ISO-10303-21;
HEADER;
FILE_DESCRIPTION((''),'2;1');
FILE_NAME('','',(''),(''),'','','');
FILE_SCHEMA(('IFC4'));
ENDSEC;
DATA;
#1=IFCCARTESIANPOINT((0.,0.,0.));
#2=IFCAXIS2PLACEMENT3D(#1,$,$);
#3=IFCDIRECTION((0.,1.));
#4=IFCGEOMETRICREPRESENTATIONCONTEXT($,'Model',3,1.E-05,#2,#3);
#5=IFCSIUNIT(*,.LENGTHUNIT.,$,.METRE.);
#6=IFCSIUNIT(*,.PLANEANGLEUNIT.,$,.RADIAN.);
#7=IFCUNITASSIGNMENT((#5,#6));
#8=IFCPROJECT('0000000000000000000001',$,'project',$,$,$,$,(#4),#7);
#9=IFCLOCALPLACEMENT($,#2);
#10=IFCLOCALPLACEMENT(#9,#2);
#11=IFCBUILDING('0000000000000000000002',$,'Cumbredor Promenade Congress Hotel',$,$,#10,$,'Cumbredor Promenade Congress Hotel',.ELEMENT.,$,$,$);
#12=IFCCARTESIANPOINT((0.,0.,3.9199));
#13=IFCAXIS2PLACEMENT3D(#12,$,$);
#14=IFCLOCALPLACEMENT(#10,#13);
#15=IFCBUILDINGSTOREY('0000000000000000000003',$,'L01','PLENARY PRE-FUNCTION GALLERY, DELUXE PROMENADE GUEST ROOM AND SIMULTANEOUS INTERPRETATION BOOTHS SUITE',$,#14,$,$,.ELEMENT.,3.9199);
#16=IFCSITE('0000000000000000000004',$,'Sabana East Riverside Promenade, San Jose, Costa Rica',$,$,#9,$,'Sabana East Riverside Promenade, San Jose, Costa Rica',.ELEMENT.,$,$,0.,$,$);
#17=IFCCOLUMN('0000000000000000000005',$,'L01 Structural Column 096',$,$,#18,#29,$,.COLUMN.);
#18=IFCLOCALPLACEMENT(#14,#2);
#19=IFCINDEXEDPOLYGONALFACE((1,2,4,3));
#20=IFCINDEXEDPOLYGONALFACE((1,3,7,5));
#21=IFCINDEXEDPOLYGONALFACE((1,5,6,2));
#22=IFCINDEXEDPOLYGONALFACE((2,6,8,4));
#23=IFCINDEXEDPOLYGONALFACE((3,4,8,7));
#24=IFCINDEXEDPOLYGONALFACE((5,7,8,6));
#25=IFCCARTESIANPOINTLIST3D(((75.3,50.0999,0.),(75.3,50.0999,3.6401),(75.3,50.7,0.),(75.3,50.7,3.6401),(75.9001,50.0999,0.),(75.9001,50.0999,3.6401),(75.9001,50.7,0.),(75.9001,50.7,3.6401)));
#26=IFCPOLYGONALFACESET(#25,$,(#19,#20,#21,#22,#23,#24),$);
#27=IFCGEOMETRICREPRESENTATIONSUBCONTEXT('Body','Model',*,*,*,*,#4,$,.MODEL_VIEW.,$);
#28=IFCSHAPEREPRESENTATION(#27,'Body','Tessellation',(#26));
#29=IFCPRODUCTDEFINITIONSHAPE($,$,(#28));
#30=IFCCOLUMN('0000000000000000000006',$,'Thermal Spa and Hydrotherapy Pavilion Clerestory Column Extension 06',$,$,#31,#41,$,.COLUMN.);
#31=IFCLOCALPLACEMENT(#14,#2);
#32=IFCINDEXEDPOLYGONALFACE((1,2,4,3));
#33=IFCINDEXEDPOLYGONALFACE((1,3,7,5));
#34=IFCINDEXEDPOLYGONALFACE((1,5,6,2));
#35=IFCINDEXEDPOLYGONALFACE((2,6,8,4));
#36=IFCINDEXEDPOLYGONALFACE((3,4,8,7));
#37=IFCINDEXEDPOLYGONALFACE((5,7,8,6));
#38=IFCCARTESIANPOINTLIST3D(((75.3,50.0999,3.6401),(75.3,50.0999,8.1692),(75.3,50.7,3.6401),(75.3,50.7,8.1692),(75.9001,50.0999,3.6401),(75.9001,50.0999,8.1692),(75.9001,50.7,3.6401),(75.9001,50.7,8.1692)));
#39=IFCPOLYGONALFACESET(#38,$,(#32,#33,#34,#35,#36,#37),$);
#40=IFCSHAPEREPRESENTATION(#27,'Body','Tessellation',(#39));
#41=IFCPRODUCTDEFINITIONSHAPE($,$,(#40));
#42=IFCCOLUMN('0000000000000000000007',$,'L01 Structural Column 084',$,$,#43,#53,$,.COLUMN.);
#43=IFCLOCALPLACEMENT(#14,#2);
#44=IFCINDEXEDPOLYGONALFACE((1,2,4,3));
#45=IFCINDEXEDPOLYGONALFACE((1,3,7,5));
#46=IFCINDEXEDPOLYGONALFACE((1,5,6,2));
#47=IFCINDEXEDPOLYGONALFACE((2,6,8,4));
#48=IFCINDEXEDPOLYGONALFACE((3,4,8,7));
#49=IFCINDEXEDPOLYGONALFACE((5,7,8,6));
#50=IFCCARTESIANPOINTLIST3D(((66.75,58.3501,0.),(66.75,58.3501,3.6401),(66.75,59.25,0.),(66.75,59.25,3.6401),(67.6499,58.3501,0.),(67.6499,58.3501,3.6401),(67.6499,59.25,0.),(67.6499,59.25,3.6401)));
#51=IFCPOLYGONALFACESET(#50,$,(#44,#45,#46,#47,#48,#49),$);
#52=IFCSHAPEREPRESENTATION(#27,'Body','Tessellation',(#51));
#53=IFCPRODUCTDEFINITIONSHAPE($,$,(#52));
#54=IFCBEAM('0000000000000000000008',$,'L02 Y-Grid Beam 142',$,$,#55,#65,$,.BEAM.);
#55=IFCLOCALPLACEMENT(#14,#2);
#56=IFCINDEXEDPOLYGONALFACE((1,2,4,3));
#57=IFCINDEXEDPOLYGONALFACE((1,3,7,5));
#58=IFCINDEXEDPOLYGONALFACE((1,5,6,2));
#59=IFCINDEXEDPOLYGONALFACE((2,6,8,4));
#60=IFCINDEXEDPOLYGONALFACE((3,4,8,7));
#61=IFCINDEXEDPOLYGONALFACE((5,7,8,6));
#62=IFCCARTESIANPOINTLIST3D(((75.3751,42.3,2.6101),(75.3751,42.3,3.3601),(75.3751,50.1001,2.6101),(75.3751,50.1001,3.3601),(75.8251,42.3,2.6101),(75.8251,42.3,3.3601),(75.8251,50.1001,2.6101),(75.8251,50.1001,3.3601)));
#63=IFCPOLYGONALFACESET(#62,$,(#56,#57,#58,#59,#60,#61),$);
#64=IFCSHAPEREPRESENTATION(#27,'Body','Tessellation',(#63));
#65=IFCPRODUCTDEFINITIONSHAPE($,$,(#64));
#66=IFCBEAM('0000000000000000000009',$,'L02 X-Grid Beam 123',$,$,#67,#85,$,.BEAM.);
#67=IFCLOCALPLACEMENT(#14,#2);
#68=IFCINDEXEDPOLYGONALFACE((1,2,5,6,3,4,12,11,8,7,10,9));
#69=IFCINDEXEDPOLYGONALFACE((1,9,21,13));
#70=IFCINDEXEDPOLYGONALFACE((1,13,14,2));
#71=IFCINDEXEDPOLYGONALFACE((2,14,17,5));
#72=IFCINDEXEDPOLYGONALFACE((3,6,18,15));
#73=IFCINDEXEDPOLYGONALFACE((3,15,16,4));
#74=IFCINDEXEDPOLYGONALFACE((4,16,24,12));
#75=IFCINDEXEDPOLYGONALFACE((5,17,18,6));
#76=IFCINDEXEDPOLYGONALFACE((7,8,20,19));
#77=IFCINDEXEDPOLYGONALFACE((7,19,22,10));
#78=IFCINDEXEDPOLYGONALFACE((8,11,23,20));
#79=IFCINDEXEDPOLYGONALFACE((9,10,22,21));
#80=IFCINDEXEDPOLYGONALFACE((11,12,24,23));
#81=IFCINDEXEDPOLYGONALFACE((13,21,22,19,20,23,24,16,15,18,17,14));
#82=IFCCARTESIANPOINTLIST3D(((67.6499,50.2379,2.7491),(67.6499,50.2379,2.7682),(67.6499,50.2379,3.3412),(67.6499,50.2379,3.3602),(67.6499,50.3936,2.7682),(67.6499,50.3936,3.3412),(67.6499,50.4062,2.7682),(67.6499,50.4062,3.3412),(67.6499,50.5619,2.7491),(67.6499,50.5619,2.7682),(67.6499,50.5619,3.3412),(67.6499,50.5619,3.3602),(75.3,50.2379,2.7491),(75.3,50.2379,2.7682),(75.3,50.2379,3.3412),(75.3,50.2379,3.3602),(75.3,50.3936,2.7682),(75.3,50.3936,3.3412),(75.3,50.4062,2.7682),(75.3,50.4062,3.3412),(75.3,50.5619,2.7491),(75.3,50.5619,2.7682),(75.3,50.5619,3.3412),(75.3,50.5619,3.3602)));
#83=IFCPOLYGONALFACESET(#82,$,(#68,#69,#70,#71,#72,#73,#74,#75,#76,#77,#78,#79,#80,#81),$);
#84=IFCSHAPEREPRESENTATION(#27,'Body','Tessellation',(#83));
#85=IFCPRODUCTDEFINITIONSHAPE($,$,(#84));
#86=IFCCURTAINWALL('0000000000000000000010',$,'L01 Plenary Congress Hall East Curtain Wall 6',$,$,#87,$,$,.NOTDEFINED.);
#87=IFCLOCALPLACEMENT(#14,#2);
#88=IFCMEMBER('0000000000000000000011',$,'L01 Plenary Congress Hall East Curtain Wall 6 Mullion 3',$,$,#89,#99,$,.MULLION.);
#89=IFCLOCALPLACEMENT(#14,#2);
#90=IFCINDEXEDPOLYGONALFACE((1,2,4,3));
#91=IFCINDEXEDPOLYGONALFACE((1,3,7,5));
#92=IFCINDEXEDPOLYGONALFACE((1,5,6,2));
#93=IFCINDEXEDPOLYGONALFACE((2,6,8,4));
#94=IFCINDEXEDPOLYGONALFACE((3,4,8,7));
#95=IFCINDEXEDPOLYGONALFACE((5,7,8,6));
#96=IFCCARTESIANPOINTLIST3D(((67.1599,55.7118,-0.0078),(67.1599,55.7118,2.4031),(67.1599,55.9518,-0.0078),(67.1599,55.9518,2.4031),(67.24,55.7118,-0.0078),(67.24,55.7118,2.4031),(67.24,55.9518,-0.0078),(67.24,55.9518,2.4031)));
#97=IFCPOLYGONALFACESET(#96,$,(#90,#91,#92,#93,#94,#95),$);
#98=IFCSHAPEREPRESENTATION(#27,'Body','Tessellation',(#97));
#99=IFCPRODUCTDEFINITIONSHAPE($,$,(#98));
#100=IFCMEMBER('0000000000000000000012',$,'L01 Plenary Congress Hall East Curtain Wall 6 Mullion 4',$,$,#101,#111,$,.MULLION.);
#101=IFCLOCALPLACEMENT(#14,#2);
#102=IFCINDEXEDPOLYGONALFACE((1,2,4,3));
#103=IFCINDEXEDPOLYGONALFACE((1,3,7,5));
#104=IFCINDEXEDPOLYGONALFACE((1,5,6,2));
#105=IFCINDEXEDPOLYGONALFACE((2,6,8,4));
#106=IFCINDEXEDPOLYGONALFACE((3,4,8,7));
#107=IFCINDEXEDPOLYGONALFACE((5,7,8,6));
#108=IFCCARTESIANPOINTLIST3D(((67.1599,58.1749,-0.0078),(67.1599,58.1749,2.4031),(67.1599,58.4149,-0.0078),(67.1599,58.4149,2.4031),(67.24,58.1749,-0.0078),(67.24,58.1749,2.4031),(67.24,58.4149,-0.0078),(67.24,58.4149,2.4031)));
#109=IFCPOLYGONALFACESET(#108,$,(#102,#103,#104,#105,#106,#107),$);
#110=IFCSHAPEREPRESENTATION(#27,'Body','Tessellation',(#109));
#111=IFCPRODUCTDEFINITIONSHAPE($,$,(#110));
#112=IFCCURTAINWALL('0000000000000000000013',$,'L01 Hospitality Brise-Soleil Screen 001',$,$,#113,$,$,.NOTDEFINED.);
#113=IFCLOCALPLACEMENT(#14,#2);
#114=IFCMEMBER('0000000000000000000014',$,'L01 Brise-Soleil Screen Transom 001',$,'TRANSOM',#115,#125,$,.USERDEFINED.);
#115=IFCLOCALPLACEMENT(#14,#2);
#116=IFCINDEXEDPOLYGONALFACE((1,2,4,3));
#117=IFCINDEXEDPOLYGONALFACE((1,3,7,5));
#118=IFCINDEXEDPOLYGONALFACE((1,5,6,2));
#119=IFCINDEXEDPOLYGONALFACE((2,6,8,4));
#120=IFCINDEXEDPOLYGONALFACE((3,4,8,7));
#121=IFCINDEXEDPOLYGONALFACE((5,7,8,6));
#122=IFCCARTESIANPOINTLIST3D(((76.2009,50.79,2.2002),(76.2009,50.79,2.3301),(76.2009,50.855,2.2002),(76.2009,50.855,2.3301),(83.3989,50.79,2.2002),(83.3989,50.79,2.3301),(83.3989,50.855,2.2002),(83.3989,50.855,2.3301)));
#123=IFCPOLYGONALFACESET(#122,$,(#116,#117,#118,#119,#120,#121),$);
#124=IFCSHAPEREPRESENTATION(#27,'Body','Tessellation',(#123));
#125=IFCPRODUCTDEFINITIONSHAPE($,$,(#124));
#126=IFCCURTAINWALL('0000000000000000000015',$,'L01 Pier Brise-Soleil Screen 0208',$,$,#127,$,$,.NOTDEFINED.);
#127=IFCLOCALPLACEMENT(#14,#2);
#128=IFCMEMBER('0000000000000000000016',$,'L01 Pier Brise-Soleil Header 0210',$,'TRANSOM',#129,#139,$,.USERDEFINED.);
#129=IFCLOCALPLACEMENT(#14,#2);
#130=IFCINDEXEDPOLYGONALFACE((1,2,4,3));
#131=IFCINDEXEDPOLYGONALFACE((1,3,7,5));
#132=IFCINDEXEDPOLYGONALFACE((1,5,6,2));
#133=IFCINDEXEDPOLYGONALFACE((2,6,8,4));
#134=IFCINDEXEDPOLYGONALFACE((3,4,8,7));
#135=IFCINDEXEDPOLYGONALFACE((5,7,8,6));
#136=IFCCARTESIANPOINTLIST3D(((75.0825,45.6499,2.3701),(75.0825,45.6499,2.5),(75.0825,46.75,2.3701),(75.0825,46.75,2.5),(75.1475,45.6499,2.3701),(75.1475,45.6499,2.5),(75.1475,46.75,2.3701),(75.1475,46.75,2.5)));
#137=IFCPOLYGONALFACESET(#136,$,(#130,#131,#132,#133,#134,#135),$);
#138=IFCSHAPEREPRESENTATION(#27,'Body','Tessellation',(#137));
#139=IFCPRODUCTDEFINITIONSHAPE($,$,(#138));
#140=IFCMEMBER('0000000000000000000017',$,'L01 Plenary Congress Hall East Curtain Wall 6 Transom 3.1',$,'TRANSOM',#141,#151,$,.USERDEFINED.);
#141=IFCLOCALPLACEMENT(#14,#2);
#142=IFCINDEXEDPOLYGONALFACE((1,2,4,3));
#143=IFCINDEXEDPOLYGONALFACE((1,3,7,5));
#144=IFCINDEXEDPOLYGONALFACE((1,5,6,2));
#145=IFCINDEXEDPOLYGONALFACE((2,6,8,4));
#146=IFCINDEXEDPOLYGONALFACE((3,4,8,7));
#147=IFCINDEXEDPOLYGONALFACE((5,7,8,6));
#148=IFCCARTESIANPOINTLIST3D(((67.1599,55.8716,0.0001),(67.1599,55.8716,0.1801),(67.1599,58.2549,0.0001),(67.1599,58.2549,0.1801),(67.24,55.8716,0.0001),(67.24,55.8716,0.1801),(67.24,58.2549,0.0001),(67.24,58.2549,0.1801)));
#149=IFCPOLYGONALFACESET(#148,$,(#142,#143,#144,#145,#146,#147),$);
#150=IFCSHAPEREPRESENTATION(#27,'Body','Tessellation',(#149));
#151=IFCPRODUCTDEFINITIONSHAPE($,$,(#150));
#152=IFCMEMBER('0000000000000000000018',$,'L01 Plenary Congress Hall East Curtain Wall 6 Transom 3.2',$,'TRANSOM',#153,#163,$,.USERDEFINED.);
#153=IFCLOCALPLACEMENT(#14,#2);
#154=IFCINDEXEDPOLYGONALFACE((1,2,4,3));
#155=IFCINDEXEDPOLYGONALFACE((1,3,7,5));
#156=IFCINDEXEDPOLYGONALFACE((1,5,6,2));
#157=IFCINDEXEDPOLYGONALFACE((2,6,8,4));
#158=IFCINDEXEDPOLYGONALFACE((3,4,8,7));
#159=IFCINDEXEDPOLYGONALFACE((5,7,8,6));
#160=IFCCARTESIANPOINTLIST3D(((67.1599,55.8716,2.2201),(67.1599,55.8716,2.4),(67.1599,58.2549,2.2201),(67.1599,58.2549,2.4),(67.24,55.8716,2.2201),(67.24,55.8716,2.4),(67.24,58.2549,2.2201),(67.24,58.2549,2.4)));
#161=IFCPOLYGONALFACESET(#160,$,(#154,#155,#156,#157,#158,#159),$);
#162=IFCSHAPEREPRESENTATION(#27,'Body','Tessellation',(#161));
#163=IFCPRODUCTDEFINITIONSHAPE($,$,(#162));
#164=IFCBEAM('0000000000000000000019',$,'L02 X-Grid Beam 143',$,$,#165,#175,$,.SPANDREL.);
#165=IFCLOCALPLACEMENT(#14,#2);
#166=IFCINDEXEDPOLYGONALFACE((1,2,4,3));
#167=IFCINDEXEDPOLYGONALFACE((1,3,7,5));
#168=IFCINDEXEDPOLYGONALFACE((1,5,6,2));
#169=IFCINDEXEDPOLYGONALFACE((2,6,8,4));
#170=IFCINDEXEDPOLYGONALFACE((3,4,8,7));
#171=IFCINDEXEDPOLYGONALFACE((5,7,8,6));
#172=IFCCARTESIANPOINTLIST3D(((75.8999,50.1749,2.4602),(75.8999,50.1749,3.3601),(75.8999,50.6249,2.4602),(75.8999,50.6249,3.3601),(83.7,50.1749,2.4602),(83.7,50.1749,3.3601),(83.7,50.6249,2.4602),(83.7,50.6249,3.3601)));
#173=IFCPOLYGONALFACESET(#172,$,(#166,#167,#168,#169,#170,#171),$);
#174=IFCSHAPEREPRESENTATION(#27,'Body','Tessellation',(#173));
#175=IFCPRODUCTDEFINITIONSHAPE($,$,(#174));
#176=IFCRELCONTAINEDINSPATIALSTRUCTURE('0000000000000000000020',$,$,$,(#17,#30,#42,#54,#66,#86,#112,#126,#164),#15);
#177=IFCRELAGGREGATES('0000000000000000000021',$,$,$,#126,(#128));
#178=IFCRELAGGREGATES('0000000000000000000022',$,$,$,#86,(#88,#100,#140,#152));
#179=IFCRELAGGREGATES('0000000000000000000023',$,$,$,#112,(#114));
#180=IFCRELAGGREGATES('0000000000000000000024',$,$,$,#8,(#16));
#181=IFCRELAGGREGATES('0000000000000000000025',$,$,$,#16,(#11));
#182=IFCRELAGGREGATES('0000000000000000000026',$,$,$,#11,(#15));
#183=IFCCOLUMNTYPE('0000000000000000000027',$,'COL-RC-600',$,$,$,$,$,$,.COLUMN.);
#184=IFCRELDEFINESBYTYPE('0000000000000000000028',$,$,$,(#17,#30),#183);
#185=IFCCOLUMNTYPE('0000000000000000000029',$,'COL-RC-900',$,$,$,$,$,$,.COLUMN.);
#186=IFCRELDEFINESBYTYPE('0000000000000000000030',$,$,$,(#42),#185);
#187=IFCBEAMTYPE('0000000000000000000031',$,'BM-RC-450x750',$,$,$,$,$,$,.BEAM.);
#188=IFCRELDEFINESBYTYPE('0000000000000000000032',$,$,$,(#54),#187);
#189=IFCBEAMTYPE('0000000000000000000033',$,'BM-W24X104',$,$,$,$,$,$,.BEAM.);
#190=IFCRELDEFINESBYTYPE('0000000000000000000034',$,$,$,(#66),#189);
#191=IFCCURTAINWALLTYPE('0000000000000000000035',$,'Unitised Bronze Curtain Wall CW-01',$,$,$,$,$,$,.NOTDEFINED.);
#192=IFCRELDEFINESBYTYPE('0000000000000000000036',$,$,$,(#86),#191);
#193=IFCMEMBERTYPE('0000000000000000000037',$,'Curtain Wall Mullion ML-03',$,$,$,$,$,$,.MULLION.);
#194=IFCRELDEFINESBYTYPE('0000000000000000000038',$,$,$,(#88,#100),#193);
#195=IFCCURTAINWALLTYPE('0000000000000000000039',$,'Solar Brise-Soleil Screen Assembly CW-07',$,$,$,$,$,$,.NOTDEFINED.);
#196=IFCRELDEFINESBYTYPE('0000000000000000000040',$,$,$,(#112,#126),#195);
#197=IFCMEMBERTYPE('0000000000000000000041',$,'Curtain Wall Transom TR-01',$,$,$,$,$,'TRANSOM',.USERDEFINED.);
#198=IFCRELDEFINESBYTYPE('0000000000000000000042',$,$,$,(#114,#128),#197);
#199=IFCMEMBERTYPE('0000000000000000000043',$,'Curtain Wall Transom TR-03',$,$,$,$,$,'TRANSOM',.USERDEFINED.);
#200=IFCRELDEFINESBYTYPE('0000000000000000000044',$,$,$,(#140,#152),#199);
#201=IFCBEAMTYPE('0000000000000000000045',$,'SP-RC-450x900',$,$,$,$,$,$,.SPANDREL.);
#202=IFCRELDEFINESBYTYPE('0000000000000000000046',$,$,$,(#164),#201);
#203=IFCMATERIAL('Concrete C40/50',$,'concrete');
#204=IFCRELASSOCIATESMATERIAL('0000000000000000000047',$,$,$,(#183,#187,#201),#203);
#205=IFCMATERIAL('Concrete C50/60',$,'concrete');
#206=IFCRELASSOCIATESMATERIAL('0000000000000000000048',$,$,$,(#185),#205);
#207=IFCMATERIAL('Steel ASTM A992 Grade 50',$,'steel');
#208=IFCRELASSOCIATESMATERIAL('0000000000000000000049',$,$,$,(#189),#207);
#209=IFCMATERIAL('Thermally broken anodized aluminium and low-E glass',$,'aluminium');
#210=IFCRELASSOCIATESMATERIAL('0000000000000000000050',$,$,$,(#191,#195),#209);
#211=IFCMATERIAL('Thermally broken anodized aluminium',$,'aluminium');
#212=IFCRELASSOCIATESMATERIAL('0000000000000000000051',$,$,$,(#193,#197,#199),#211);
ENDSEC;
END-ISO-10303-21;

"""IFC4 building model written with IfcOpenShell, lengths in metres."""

from ifc_helpers import new_model, si_unit, direction, frame, origin, origin_2d, place, context, subcontext, project, spatial, rectangle, i_section, extrude, material, material_profile, profile_set, type_object, element, aggregate, save


model = new_model("IFC4")

# Units and contexts
model_context = context("Model", 3, precision=1e-05, world=origin(), true_north=direction((0.0, 1.0)))
body_context = subcontext(model_context, "Body", "Model", "MODEL_VIEW")
ifc_project = project(units=[si_unit("LENGTHUNIT", "METRE"), si_unit("PLANEANGLEUNIT", "RADIAN")], contexts=[model_context])

# Site, building, storey
site_placement = place(None, origin())
site = spatial("IfcSite", under=ifc_project, at=site_placement, Name="Sabana East Riverside Promenade, San Jose, Costa Rica", LongName="Sabana East Riverside Promenade, San Jose, Costa Rica", CompositionType="ELEMENT", RefElevation=0.0)
building_placement = place(site_placement, origin())
building = spatial("IfcBuilding", under=site, at=building_placement, Name="Cumbredor Promenade Congress Hotel", LongName="Cumbredor Promenade Congress Hotel", CompositionType="ELEMENT")
storey_placement = place(building_placement, frame((0.0, 0.0, 3.9199)))
storey = spatial("IfcBuildingStorey", under=building, at=storey_placement, Name="L01", Description="PLENARY PRE-FUNCTION GALLERY, DELUXE PROMENADE GUEST ROOM AND SIMULTANEOUS INTERPRETATION BOOTHS SUITE", CompositionType="ELEMENT", Elevation=3.9199)

# Columns
ifc_material_1 = material(Name="Concrete C40/50", Category="concrete")
ifc_material_profile_1 = material_profile(ifc_material_1, rectangle(XDim=0.6001, YDim=0.6001, at=origin_2d()), Name="RC 600x600")
ifc_profile_set_1 = profile_set([ifc_material_profile_1], Name="Concrete C40/50")
column_type_1 = type_object("IfcColumnType", Name="COL-RC-600", PredefinedType="COLUMN", material=ifc_profile_set_1)
column_1_placement = place(storey_placement, frame((75.6001, 50.3999, 0.0), z_axis=(0.0, 0.0, 1.0), x_axis=(1.0, 0.0, 0.0)))
element("IfcColumn", 1, at=column_1_placement, inside=storey, type_object=column_type_1, Name="L01 Structural Column 096", PredefinedType="COLUMN", context=body_context, shape_type="SweptSolid", body=[
    extrude(rectangle(XDim=0.6001, YDim=0.6001, at=origin_2d()), origin(), (0.0, 0.0, 1.0), 3.6401),
])
column_2_placement = place(storey_placement, frame((75.6001, 50.3999, 3.6401), z_axis=(0.0, 0.0, 1.0), x_axis=(1.0, 0.0, 0.0)))
element("IfcColumn", 2, at=column_2_placement, inside=storey, type_object=column_type_1, Name="Thermal Spa and Hydrotherapy Pavilion Clerestory Column Extension 06", PredefinedType="COLUMN", context=body_context, shape_type="SweptSolid", body=[
    extrude(rectangle(XDim=0.6001, YDim=0.6001, at=origin_2d()), origin(), (0.0, 0.0, 1.0), 4.5291),
])
ifc_material_2 = material(Name="Concrete C50/60", Category="concrete")
ifc_material_profile_2 = material_profile(ifc_material_2, rectangle(XDim=0.8999, YDim=0.8999, at=origin_2d()), Name="RC 900x900")
ifc_profile_set_2 = profile_set([ifc_material_profile_2], Name="Concrete C50/60")
column_type_2 = type_object("IfcColumnType", Name="COL-RC-900", PredefinedType="COLUMN", material=ifc_profile_set_2)
column_3_placement = place(storey_placement, frame((67.2, 58.8, 0.0), z_axis=(0.0, 0.0, 1.0), x_axis=(1.0, 0.0, 0.0)))
element("IfcColumn", 3, at=column_3_placement, inside=storey, type_object=column_type_2, Name="L01 Structural Column 084", PredefinedType="COLUMN", context=body_context, shape_type="SweptSolid", body=[
    extrude(rectangle(XDim=0.8999, YDim=0.8999, at=origin_2d()), origin(), (0.0, 0.0, 1.0), 3.6401),
])

# Beams
ifc_material_profile_3 = material_profile(ifc_material_1, rectangle(XDim=0.45, YDim=0.75, at=origin_2d()), Name="RC BEAM 450x750")
ifc_profile_set_3 = profile_set([ifc_material_profile_3], Name="Concrete C40/50")
beam_type_1 = type_object("IfcBeamType", Name="BM-RC-450x750", PredefinedType="BEAM", material=ifc_profile_set_3)
beam_1_placement = place(storey_placement, frame((75.6001, 42.3, 2.9851), z_axis=(0.0, 1.0, 0.0), x_axis=(-1.0, 0.0, 0.0)))
element("IfcBeam", 4, at=beam_1_placement, inside=storey, type_object=beam_type_1, Name="L02 Y-Grid Beam 142", PredefinedType="BEAM", context=body_context, shape_type="SweptSolid", body=[
    extrude(rectangle(XDim=0.45, YDim=0.75, at=origin_2d()), origin(), (0.0, 0.0, 1.0), 7.8),
])
ifc_material_3 = material(Name="Steel ASTM A992 Grade 50", Category="steel")
ifc_material_profile_4 = material_profile(ifc_material_3, i_section(OverallWidth=0.324, OverallDepth=0.6111, WebThickness=0.0127, FlangeThickness=0.019, at=origin_2d()), Name="W24X104")
ifc_profile_set_4 = profile_set([ifc_material_profile_4], Name="Steel ASTM A992 Grade 50")
beam_type_2 = type_object("IfcBeamType", Name="BM-W24X104", PredefinedType="BEAM", material=ifc_profile_set_4)
beam_2_placement = place(storey_placement, frame((67.6499, 50.3999, 3.0547), z_axis=(1.0, 0.0, 0.0), x_axis=(0.0, 1.0, 0.0)))
element("IfcBeam", 5, at=beam_2_placement, inside=storey, type_object=beam_type_2, Name="L02 X-Grid Beam 123", PredefinedType="BEAM", context=body_context, shape_type="SweptSolid", body=[
    extrude(i_section(OverallWidth=0.324, OverallDepth=0.6111, WebThickness=0.0127, FlangeThickness=0.019, at=origin_2d()), origin(), (0.0, 0.0, 1.0), 7.6501),
])

# Curtain wall, members
ifc_material_4 = material(Name="Thermally broken anodized aluminium and low-E glass", Category="aluminium")
curtain_wall_type_1 = type_object("IfcCurtainWallType", Name="Unitised Bronze Curtain Wall CW-01", PredefinedType="NOTDEFINED", material=ifc_material_4)
curtain_wall_1_placement = place(storey_placement, origin())
curtain_wall_1 = element("IfcCurtainWall", 6, at=curtain_wall_1_placement, inside=storey, type_object=curtain_wall_type_1, Name="L01 Plenary Congress Hall East Curtain Wall 6", PredefinedType="NOTDEFINED")
ifc_material_5 = material(Name="Thermally broken anodized aluminium", Category="aluminium")
ifc_material_profile_5 = material_profile(ifc_material_5, rectangle(XDim=0.0801, YDim=0.24, at=origin_2d()), Name="ALU MULLION 80x240")
ifc_profile_set_5 = profile_set([ifc_material_profile_5], Name="Thermally broken anodized aluminium")
member_type_1 = type_object("IfcMemberType", Name="Curtain Wall Mullion ML-03", PredefinedType="MULLION", material=ifc_profile_set_5)
member_1_placement = place(storey_placement, frame((67.2, 55.8318, -0.0078), z_axis=(0.0, 0.0, 1.0), x_axis=(1.0, 0.0, 0.0)))
member_1 = element("IfcMember", 7, at=member_1_placement, type_object=member_type_1, Name="L01 Plenary Congress Hall East Curtain Wall 6 Mullion 3", PredefinedType="MULLION", context=body_context, shape_type="SweptSolid", body=[
    extrude(rectangle(XDim=0.0801, YDim=0.24, at=origin_2d()), origin(), (0.0, 0.0, 1.0), 2.4109),
])
member_2_placement = place(storey_placement, frame((67.2, 58.2949, -0.0078), z_axis=(0.0, 0.0, 1.0), x_axis=(1.0, 0.0, 0.0)))
member_2 = element("IfcMember", 8, at=member_2_placement, type_object=member_type_1, Name="L01 Plenary Congress Hall East Curtain Wall 6 Mullion 4", PredefinedType="MULLION", context=body_context, shape_type="SweptSolid", body=[
    extrude(rectangle(XDim=0.0801, YDim=0.24, at=origin_2d()), origin(), (0.0, 0.0, 1.0), 2.4109),
])

# Curtain walls, members
curtain_wall_type_2 = type_object("IfcCurtainWallType", Name="Solar Brise-Soleil Screen Assembly CW-07", PredefinedType="NOTDEFINED", material=ifc_material_4)
curtain_wall_2_placement = place(storey_placement, origin())
curtain_wall_2 = element("IfcCurtainWall", 9, at=curtain_wall_2_placement, inside=storey, type_object=curtain_wall_type_2, Name="L01 Hospitality Brise-Soleil Screen 001", PredefinedType="NOTDEFINED")
ifc_material_profile_6 = material_profile(ifc_material_5, rectangle(XDim=0.0649, YDim=0.1299, at=origin_2d()), Name="ALU TRANSOM 65x130")
ifc_profile_set_6 = profile_set([ifc_material_profile_6], Name="Thermally broken anodized aluminium")
member_type_2 = type_object("IfcMemberType", Name="Curtain Wall Transom TR-01", ElementType="TRANSOM", PredefinedType="USERDEFINED", material=ifc_profile_set_6)
member_3_placement = place(storey_placement, frame((76.2009, 50.8225, 2.2651), z_axis=(1.0, 0.0, 0.0), x_axis=(0.0, 1.0, 0.0)))
member_3 = element("IfcMember", 10, at=member_3_placement, type_object=member_type_2, Name="L01 Brise-Soleil Screen Transom 001", ObjectType="TRANSOM", PredefinedType="USERDEFINED", context=body_context, shape_type="SweptSolid", body=[
    extrude(rectangle(XDim=0.0649, YDim=0.1299, at=origin_2d()), origin(), (0.0, 0.0, 1.0), 7.198),
])
curtain_wall_3_placement = place(storey_placement, origin())
curtain_wall_3 = element("IfcCurtainWall", 11, at=curtain_wall_3_placement, inside=storey, type_object=curtain_wall_type_2, Name="L01 Pier Brise-Soleil Screen 0208", PredefinedType="NOTDEFINED")
member_4_placement = place(storey_placement, frame((75.115, 45.6499, 2.4351), z_axis=(0.0, 1.0, 0.0), x_axis=(-1.0, 0.0, 0.0)))
member_4 = element("IfcMember", 12, at=member_4_placement, type_object=member_type_2, Name="L01 Pier Brise-Soleil Header 0210", ObjectType="TRANSOM", PredefinedType="USERDEFINED", context=body_context, shape_type="SweptSolid", body=[
    extrude(rectangle(XDim=0.0649, YDim=0.1299, at=origin_2d()), origin(), (0.0, 0.0, 1.0), 1.1001),
])

# Members
ifc_material_profile_7 = material_profile(ifc_material_5, rectangle(XDim=0.0801, YDim=0.1799, at=origin_2d()), Name="ALU TRANSOM 80x180")
ifc_profile_set_7 = profile_set([ifc_material_profile_7], Name="Thermally broken anodized aluminium")
member_type_3 = type_object("IfcMemberType", Name="Curtain Wall Transom TR-03", ElementType="TRANSOM", PredefinedType="USERDEFINED", material=ifc_profile_set_7)
member_5_placement = place(storey_placement, frame((67.2, 55.8716, 0.0901), z_axis=(0.0, 1.0, 0.0), x_axis=(-1.0, 0.0, 0.0)))
member_5 = element("IfcMember", 13, at=member_5_placement, type_object=member_type_3, Name="L01 Plenary Congress Hall East Curtain Wall 6 Transom 3.1", ObjectType="TRANSOM", PredefinedType="USERDEFINED", context=body_context, shape_type="SweptSolid", body=[
    extrude(rectangle(XDim=0.0801, YDim=0.1799, at=origin_2d()), origin(), (0.0, 0.0, 1.0), 2.3833),
])
member_6_placement = place(storey_placement, frame((67.2, 55.8716, 2.3101), z_axis=(0.0, 1.0, 0.0), x_axis=(-1.0, 0.0, 0.0)))
member_6 = element("IfcMember", 14, at=member_6_placement, type_object=member_type_3, Name="L01 Plenary Congress Hall East Curtain Wall 6 Transom 3.2", ObjectType="TRANSOM", PredefinedType="USERDEFINED", context=body_context, shape_type="SweptSolid", body=[
    extrude(rectangle(XDim=0.0801, YDim=0.1799, at=origin_2d()), origin(), (0.0, 0.0, 1.0), 2.3833),
])

# Beam
ifc_material_profile_8 = material_profile(ifc_material_1, rectangle(XDim=0.45, YDim=0.8999, at=origin_2d()), Name="RC SPANDREL 450x900")
ifc_profile_set_8 = profile_set([ifc_material_profile_8], Name="Concrete C40/50")
beam_type_3 = type_object("IfcBeamType", Name="SP-RC-450x900", PredefinedType="SPANDREL", material=ifc_profile_set_8)
beam_3_placement = place(storey_placement, frame((75.8999, 50.3999, 2.9102), z_axis=(1.0, 0.0, 0.0), x_axis=(0.0, 1.0, 0.0)))
element("IfcBeam", 15, at=beam_3_placement, inside=storey, type_object=beam_type_3, Name="L02 X-Grid Beam 143", PredefinedType="SPANDREL", context=body_context, shape_type="SweptSolid", body=[
    extrude(rectangle(XDim=0.45, YDim=0.8999, at=origin_2d()), origin(), (0.0, 0.0, 1.0), 7.8),
])

aggregate(curtain_wall_3, [member_4])

aggregate(curtain_wall_1, [member_1, member_2, member_5, member_6])
aggregate(curtain_wall_2, [member_3])

save(model, "model.ifc")
